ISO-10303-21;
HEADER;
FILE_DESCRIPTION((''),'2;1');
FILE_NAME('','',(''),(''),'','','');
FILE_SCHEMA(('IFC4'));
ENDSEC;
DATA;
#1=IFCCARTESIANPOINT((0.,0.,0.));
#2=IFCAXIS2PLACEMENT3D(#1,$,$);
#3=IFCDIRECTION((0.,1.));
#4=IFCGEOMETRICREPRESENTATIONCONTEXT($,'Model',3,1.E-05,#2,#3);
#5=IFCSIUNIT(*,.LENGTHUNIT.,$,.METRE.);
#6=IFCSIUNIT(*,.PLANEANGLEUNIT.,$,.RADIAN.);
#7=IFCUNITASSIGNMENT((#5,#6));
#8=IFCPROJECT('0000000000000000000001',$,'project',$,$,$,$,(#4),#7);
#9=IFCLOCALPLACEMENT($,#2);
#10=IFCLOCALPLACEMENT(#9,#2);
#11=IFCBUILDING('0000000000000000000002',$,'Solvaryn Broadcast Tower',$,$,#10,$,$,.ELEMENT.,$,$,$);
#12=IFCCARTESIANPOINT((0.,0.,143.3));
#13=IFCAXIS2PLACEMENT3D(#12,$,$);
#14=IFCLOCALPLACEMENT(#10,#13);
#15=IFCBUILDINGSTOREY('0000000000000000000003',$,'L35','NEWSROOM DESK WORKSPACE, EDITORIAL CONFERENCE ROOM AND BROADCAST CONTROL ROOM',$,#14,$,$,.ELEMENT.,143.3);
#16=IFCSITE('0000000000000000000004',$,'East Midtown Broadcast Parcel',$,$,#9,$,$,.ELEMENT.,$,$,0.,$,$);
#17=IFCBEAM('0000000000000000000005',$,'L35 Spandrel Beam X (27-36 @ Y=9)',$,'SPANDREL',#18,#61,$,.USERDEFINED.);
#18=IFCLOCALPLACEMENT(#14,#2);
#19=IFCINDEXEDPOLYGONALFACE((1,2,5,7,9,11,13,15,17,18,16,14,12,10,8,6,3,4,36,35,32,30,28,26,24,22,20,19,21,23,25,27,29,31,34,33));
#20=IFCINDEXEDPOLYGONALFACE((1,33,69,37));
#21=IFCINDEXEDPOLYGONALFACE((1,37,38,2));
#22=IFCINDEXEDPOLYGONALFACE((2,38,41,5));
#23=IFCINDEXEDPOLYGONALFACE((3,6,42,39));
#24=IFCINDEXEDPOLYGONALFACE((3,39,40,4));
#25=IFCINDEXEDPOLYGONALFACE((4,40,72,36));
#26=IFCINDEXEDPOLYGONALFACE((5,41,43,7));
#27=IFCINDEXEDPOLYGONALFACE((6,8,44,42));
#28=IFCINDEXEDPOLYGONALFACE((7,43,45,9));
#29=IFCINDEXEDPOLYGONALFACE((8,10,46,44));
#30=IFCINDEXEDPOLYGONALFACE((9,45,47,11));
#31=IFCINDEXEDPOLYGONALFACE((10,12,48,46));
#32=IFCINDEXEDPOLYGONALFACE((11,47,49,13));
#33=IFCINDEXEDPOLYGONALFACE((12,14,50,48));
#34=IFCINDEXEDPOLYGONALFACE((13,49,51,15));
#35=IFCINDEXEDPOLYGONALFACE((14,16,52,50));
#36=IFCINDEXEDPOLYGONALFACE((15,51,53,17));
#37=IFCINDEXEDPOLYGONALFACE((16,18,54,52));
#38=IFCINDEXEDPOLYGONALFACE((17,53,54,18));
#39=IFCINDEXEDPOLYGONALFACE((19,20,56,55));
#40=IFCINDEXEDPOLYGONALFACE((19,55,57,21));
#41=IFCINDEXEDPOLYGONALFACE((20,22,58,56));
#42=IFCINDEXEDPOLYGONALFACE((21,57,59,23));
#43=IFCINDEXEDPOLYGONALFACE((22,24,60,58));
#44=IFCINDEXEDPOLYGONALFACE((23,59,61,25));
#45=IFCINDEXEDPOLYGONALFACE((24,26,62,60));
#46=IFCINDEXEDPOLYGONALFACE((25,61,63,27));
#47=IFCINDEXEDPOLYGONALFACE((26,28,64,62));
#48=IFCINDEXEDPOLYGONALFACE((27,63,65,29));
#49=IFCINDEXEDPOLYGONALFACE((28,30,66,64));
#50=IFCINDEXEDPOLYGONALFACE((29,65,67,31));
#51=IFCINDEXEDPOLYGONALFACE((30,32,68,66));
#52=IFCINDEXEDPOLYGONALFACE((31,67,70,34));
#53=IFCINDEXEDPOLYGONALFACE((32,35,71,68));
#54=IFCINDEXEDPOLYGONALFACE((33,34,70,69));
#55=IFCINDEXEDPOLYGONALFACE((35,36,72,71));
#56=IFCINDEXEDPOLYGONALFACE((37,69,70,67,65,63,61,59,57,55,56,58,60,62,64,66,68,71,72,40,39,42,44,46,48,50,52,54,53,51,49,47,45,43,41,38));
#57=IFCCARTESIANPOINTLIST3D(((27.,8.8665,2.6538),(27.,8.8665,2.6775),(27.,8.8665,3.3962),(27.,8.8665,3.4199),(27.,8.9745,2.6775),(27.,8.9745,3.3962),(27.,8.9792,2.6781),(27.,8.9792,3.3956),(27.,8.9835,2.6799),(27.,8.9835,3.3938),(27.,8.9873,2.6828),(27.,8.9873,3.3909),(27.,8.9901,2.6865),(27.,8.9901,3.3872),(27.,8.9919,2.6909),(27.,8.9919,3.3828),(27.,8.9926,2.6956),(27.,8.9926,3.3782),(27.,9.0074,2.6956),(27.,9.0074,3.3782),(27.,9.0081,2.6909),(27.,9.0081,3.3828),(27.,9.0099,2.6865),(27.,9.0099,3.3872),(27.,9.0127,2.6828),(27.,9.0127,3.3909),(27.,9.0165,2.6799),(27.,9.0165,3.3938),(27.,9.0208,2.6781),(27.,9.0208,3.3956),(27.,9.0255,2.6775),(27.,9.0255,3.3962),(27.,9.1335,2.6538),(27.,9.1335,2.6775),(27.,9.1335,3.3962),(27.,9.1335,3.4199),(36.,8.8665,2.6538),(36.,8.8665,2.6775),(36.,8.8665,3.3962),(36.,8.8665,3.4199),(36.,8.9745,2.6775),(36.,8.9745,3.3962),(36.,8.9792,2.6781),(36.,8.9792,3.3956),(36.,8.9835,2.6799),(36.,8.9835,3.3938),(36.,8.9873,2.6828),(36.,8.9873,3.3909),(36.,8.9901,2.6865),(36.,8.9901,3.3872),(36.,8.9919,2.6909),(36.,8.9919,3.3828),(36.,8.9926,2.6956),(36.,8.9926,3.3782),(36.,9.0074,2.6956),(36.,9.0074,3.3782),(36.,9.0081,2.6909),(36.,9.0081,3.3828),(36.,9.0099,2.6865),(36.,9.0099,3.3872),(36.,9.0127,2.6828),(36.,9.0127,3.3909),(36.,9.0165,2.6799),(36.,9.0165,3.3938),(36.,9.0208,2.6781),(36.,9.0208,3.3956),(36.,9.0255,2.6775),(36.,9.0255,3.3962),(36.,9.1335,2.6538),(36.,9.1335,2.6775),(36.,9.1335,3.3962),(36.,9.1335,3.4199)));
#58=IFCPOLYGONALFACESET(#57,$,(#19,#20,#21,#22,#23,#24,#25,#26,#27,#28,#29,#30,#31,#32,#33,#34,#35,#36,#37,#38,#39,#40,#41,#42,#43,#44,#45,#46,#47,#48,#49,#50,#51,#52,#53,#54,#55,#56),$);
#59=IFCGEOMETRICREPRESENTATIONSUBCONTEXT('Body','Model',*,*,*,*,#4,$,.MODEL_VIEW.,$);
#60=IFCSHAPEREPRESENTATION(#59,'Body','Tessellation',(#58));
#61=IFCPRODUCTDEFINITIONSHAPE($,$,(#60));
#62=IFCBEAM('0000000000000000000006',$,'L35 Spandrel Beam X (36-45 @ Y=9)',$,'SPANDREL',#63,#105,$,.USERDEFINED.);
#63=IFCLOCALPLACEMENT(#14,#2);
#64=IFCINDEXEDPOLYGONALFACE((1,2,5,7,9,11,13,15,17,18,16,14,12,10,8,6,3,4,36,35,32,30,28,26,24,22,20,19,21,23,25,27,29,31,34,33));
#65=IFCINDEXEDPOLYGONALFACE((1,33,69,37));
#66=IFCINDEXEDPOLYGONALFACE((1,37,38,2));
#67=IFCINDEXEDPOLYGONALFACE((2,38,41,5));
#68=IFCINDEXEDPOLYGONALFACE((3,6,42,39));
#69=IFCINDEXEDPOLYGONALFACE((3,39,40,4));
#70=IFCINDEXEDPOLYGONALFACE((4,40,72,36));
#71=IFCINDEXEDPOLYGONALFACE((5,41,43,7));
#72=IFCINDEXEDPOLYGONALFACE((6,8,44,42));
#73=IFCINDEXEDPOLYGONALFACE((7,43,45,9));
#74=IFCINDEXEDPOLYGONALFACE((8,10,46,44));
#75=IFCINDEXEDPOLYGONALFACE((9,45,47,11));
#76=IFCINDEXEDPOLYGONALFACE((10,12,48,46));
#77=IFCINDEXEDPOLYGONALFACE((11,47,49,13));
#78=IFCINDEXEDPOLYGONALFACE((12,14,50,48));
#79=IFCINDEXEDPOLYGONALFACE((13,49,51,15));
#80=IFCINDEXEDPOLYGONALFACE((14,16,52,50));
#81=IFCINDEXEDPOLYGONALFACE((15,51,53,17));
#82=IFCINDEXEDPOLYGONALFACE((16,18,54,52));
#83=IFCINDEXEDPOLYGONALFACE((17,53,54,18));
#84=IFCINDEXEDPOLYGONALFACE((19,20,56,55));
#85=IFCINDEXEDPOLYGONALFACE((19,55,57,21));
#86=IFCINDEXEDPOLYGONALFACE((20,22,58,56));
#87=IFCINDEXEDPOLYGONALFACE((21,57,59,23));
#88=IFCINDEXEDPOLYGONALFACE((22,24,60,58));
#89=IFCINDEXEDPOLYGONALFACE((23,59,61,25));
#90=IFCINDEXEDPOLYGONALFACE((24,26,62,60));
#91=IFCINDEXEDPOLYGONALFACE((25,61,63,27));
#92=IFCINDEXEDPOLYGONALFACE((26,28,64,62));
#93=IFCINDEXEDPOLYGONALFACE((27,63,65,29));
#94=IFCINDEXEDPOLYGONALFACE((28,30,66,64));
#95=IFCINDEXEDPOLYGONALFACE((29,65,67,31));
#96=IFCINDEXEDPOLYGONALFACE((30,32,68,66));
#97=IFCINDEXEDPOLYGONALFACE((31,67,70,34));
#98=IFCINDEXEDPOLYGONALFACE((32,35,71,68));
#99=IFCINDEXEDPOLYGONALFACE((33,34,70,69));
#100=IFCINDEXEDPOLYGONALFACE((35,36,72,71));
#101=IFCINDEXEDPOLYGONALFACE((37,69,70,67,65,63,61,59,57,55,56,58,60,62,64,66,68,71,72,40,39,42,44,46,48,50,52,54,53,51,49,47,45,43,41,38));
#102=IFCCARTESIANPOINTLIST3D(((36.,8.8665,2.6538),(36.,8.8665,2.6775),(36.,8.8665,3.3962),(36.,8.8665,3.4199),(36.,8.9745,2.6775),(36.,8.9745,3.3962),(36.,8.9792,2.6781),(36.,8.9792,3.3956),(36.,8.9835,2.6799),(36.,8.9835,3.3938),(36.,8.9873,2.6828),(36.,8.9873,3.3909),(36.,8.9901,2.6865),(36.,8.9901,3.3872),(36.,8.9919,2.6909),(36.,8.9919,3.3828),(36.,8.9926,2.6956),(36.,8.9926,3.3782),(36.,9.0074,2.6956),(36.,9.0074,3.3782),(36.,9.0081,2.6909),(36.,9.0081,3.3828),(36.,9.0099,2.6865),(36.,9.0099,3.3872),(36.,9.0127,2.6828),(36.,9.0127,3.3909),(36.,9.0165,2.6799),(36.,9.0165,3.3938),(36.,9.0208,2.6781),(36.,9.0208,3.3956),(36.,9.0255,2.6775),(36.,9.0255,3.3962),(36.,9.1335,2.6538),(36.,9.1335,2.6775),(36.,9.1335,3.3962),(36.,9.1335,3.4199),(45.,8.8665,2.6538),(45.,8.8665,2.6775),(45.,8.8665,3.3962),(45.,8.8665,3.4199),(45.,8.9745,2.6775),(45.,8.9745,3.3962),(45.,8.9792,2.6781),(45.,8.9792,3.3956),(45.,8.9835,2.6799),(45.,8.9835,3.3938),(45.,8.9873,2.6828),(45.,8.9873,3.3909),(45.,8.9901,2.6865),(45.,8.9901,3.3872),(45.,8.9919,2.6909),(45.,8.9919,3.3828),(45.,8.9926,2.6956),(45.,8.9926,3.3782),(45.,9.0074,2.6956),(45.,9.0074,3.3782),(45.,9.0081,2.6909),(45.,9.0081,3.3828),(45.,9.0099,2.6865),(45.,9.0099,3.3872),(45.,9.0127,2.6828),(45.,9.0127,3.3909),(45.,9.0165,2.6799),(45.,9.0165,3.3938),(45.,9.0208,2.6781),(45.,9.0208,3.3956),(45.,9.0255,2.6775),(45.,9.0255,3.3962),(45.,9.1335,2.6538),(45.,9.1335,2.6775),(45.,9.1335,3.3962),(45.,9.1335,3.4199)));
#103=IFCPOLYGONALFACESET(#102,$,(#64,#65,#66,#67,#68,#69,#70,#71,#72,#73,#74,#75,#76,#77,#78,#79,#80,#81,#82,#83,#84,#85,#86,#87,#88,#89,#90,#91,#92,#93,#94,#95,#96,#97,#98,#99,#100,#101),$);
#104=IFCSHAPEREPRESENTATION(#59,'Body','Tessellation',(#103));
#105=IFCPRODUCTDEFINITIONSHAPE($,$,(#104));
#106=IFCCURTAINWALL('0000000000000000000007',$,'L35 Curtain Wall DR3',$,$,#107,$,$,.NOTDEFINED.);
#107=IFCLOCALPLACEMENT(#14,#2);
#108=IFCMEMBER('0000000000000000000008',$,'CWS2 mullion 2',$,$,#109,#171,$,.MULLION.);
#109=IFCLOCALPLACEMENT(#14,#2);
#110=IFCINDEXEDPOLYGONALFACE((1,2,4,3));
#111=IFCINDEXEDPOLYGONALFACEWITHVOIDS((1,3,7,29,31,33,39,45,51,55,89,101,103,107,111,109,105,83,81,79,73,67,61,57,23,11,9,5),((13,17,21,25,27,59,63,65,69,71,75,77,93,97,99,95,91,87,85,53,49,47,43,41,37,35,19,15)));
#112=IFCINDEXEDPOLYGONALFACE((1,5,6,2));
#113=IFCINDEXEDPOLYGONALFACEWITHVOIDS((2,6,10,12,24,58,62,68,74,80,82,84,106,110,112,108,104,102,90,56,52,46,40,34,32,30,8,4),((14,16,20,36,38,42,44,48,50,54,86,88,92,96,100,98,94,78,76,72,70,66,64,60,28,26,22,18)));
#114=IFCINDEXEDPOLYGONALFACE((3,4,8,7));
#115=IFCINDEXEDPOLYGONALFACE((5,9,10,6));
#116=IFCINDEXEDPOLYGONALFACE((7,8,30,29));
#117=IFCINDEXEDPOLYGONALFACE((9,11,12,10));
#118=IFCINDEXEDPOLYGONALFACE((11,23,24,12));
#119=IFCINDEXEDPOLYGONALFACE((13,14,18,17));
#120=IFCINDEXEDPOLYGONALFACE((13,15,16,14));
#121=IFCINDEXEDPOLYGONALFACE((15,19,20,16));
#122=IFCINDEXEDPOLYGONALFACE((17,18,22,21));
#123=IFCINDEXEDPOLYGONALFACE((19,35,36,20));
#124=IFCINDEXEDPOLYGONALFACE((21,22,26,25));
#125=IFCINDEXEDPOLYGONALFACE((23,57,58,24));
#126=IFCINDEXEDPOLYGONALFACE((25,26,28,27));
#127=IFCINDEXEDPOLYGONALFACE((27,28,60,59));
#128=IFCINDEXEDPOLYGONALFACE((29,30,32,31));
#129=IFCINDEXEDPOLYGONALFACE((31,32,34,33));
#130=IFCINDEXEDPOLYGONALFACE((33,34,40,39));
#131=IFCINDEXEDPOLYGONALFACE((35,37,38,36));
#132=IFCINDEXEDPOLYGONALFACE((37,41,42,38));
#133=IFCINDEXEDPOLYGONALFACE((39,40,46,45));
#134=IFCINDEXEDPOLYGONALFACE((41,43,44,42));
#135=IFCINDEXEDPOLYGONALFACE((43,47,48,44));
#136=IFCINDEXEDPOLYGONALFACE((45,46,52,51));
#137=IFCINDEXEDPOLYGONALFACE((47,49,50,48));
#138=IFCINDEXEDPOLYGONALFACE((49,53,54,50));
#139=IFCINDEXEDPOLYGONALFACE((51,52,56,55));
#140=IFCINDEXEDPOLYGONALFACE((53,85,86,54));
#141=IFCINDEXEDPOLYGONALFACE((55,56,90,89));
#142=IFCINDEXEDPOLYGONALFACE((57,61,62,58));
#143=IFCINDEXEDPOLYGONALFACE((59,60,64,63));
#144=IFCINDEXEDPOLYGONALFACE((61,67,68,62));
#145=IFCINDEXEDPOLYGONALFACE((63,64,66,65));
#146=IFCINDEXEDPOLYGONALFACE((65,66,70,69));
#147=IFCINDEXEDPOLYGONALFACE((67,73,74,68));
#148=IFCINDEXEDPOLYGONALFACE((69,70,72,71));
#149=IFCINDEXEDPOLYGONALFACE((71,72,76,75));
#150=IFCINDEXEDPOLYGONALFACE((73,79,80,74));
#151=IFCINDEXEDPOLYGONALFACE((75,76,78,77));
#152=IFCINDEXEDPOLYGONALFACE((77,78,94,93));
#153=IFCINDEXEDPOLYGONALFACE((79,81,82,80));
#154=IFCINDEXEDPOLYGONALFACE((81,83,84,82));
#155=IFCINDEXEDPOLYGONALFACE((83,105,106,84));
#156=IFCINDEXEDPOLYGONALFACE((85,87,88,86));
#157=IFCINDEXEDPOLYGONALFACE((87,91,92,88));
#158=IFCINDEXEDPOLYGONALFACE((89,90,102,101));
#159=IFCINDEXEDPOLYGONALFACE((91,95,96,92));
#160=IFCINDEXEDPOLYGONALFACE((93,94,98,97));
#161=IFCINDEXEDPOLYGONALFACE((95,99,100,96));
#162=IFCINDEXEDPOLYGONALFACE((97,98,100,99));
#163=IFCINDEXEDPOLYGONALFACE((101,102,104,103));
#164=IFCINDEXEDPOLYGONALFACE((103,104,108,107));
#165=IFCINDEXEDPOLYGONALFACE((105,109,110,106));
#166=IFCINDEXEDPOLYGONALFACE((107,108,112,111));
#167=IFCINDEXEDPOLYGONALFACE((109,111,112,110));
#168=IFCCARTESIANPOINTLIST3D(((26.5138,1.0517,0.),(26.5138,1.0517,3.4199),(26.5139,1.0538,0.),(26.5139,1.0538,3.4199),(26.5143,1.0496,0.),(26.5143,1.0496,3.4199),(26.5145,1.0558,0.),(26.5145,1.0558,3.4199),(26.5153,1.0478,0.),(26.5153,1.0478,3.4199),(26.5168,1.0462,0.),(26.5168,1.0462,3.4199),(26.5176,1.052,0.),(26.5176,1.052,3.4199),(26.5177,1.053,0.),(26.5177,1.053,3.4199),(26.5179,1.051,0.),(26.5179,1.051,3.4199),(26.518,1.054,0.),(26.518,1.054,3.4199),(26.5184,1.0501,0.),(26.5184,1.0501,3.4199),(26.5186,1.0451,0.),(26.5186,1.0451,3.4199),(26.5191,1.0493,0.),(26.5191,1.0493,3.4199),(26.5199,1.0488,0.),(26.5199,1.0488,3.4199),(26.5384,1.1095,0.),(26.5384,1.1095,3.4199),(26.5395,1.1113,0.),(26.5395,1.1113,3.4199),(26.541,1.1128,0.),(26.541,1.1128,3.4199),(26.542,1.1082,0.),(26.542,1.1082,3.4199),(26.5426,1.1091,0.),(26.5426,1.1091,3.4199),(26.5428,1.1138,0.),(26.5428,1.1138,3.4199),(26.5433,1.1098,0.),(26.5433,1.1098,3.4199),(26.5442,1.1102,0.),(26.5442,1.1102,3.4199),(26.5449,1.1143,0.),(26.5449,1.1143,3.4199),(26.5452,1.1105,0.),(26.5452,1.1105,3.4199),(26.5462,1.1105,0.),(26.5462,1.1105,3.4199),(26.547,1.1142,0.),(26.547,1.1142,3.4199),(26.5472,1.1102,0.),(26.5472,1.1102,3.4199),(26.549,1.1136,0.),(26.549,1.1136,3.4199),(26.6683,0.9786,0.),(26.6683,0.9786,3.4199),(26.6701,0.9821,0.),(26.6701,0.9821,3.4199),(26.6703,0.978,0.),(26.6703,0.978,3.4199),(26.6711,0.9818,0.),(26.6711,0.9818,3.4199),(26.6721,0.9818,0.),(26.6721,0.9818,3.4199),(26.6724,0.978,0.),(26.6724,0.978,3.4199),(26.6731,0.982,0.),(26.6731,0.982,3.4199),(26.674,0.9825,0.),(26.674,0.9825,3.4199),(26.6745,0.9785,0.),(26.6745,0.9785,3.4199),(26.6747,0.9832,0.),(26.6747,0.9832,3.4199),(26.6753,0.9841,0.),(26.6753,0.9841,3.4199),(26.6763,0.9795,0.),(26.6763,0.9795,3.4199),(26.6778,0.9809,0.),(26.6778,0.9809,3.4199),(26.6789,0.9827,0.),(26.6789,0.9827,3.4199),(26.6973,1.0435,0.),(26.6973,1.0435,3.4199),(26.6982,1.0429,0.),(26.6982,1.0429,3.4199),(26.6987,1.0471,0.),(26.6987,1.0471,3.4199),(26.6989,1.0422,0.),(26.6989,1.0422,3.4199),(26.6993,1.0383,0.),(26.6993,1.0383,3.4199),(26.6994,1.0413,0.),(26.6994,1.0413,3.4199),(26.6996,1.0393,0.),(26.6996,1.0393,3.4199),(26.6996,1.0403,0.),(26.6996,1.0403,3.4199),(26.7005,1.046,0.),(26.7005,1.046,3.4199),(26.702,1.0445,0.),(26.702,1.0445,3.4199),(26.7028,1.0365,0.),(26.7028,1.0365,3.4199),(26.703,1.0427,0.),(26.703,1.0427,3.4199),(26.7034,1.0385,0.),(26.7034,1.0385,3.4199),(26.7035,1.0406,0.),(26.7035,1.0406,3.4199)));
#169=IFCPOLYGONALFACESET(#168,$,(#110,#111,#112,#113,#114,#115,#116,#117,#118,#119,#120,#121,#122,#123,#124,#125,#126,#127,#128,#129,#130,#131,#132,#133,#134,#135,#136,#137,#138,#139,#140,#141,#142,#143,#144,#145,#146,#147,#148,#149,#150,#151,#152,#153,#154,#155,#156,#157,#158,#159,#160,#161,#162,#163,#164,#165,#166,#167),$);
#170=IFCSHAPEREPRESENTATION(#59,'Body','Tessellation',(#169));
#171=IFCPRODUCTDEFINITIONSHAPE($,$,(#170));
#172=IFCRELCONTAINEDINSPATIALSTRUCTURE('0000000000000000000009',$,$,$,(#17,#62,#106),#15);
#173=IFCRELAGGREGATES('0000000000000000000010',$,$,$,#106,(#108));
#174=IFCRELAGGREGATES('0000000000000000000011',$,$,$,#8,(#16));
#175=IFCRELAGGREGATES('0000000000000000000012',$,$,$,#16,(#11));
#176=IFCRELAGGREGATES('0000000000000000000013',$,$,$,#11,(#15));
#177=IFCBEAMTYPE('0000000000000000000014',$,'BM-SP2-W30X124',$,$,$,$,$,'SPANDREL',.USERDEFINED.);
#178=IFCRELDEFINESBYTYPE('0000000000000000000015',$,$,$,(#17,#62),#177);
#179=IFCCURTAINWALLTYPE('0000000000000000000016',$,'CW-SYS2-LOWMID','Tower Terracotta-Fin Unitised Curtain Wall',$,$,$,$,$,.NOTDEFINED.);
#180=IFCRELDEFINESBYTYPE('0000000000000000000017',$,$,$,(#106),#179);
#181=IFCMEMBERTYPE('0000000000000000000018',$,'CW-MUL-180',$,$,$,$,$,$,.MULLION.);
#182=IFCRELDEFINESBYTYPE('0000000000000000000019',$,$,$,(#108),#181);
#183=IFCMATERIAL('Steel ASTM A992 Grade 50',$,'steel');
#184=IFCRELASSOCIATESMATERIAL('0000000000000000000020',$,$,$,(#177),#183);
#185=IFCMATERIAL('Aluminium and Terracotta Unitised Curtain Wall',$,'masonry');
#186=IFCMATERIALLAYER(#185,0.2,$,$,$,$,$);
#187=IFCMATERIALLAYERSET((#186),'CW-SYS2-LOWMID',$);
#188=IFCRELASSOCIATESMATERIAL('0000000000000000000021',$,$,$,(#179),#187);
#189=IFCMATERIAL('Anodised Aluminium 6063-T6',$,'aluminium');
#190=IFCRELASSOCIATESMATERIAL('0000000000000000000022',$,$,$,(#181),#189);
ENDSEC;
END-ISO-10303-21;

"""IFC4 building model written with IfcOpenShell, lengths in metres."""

from ifc_helpers import new_model, si_unit, direction, frame, origin, origin_2d, place, context, subcontext, project, spatial, hollow_rectangle, i_section, extrude, material, layer, layer_set, material_profile, profile_set, type_object, element, aggregate, save


model = new_model("IFC4")

# Units and contexts
model_context = context("Model", 3, precision=1e-05, world=origin(), true_north=direction((0.0, 1.0)))
body_context = subcontext(model_context, "Body", "Model", "MODEL_VIEW")
ifc_project = project(units=[si_unit("LENGTHUNIT", "METRE"), si_unit("PLANEANGLEUNIT", "RADIAN")], contexts=[model_context])

# Site, building, storey
site_placement = place(None, origin())
site = spatial("IfcSite", under=ifc_project, at=site_placement, Name="East Midtown Broadcast Parcel", CompositionType="ELEMENT", RefElevation=0.0)
building_placement = place(site_placement, origin())
building = spatial("IfcBuilding", under=site, at=building_placement, Name="Solvaryn Broadcast Tower", CompositionType="ELEMENT")
storey_placement = place(building_placement, frame((0.0, 0.0, 143.3)))
storey = spatial("IfcBuildingStorey", under=building, at=storey_placement, Name="L35", Description="NEWSROOM DESK WORKSPACE, EDITORIAL CONFERENCE ROOM AND BROADCAST CONTROL ROOM", CompositionType="ELEMENT", Elevation=143.3)

# Beams
ifc_material_1 = material(Name="Steel ASTM A992 Grade 50", Category="steel")
ifc_material_profile_1 = material_profile(ifc_material_1, i_section(OverallWidth=0.2671, OverallDepth=0.7661, WebThickness=0.0149, FlangeThickness=0.0237, FilletRadius=0.0181, at=origin_2d()))
ifc_profile_set_1 = profile_set([ifc_material_profile_1], Name="Steel ASTM A992 Grade 50")
beam_type_1 = type_object("IfcBeamType", Name="BM-SP2-W30X124", ElementType="SPANDREL", PredefinedType="USERDEFINED", material=ifc_profile_set_1)
for number, where, z_axis, x_axis, name in (
    (1, (27.0, 9.0, 3.0369), (1.0, 0.0, 0.0), (0.0, 1.0, 0.0), "L35 Spandrel Beam X (27-36 @ Y=9)"),
    (2, (36.0, 9.0, 3.0369), (1.0, 0.0, 0.0), (0.0, 1.0, 0.0), "L35 Spandrel Beam X (36-45 @ Y=9)"),
):
    element("IfcBeam", number, at=place(storey_placement, frame(where, z_axis=z_axis, x_axis=x_axis)), inside=storey, type_object=beam_type_1, Name=name, ObjectType="SPANDREL", PredefinedType="USERDEFINED", context=body_context, shape_type="SweptSolid", body=[
        extrude(i_section(OverallWidth=0.2671, OverallDepth=0.7661, WebThickness=0.0149, FlangeThickness=0.0237, FilletRadius=0.0181, at=origin_2d()), origin(), (0.0, 0.0, 1.0), 9.0),
    ])

# Curtain wall, member
ifc_material_2 = material(Name="Aluminium and Terracotta Unitised Curtain Wall", Category="masonry")
ifc_layer_1 = layer(ifc_material_2, 0.2)
ifc_layer_set_1 = layer_set([ifc_layer_1], Name="CW-SYS2-LOWMID")
curtain_wall_type = type_object("IfcCurtainWallType", Name="CW-SYS2-LOWMID", Description="Tower Terracotta-Fin Unitised Curtain Wall", PredefinedType="NOTDEFINED", material=ifc_layer_set_1)
curtain_wall_1_placement = place(storey_placement, origin())
curtain_wall_1 = element("IfcCurtainWall", 3, at=curtain_wall_1_placement, inside=storey, type_object=curtain_wall_type, Name="L35 Curtain Wall DR3", PredefinedType="NOTDEFINED")
ifc_material_3 = material(Name="Anodised Aluminium 6063-T6", Category="aluminium")
ifc_material_profile_2 = material_profile(ifc_material_3, hollow_rectangle(XDim=0.075, YDim=0.1799, WallThickness=0.0039, InnerFilletRadius=0.0039, OuterFilletRadius=0.0081, at=origin_2d()))
ifc_profile_set_2 = profile_set([ifc_material_profile_2], Name="Anodised Aluminium 6063-T6")
member_type_1 = type_object("IfcMemberType", Name="CW-MUL-180", PredefinedType="MULLION", material=ifc_profile_set_2)
member_1_placement = place(storey_placement, frame((26.6086, 1.0461, 0.0), z_axis=(0.0, 0.0, 1.0), x_axis=(0.405918, 0.913909, 0.0)))
member_1 = element("IfcMember", 4, at=member_1_placement, type_object=member_type_1, Name="CWS2 mullion 2", PredefinedType="MULLION", context=body_context, shape_type="SweptSolid", body=[
    extrude(hollow_rectangle(XDim=0.075, YDim=0.1799, WallThickness=0.0039, InnerFilletRadius=0.0039, OuterFilletRadius=0.0081, at=origin_2d()), origin(), (0.0, 0.0, 1.0), 3.4199),
])
aggregate(curtain_wall_1, [member_1])

save(model, "model.ifc")
